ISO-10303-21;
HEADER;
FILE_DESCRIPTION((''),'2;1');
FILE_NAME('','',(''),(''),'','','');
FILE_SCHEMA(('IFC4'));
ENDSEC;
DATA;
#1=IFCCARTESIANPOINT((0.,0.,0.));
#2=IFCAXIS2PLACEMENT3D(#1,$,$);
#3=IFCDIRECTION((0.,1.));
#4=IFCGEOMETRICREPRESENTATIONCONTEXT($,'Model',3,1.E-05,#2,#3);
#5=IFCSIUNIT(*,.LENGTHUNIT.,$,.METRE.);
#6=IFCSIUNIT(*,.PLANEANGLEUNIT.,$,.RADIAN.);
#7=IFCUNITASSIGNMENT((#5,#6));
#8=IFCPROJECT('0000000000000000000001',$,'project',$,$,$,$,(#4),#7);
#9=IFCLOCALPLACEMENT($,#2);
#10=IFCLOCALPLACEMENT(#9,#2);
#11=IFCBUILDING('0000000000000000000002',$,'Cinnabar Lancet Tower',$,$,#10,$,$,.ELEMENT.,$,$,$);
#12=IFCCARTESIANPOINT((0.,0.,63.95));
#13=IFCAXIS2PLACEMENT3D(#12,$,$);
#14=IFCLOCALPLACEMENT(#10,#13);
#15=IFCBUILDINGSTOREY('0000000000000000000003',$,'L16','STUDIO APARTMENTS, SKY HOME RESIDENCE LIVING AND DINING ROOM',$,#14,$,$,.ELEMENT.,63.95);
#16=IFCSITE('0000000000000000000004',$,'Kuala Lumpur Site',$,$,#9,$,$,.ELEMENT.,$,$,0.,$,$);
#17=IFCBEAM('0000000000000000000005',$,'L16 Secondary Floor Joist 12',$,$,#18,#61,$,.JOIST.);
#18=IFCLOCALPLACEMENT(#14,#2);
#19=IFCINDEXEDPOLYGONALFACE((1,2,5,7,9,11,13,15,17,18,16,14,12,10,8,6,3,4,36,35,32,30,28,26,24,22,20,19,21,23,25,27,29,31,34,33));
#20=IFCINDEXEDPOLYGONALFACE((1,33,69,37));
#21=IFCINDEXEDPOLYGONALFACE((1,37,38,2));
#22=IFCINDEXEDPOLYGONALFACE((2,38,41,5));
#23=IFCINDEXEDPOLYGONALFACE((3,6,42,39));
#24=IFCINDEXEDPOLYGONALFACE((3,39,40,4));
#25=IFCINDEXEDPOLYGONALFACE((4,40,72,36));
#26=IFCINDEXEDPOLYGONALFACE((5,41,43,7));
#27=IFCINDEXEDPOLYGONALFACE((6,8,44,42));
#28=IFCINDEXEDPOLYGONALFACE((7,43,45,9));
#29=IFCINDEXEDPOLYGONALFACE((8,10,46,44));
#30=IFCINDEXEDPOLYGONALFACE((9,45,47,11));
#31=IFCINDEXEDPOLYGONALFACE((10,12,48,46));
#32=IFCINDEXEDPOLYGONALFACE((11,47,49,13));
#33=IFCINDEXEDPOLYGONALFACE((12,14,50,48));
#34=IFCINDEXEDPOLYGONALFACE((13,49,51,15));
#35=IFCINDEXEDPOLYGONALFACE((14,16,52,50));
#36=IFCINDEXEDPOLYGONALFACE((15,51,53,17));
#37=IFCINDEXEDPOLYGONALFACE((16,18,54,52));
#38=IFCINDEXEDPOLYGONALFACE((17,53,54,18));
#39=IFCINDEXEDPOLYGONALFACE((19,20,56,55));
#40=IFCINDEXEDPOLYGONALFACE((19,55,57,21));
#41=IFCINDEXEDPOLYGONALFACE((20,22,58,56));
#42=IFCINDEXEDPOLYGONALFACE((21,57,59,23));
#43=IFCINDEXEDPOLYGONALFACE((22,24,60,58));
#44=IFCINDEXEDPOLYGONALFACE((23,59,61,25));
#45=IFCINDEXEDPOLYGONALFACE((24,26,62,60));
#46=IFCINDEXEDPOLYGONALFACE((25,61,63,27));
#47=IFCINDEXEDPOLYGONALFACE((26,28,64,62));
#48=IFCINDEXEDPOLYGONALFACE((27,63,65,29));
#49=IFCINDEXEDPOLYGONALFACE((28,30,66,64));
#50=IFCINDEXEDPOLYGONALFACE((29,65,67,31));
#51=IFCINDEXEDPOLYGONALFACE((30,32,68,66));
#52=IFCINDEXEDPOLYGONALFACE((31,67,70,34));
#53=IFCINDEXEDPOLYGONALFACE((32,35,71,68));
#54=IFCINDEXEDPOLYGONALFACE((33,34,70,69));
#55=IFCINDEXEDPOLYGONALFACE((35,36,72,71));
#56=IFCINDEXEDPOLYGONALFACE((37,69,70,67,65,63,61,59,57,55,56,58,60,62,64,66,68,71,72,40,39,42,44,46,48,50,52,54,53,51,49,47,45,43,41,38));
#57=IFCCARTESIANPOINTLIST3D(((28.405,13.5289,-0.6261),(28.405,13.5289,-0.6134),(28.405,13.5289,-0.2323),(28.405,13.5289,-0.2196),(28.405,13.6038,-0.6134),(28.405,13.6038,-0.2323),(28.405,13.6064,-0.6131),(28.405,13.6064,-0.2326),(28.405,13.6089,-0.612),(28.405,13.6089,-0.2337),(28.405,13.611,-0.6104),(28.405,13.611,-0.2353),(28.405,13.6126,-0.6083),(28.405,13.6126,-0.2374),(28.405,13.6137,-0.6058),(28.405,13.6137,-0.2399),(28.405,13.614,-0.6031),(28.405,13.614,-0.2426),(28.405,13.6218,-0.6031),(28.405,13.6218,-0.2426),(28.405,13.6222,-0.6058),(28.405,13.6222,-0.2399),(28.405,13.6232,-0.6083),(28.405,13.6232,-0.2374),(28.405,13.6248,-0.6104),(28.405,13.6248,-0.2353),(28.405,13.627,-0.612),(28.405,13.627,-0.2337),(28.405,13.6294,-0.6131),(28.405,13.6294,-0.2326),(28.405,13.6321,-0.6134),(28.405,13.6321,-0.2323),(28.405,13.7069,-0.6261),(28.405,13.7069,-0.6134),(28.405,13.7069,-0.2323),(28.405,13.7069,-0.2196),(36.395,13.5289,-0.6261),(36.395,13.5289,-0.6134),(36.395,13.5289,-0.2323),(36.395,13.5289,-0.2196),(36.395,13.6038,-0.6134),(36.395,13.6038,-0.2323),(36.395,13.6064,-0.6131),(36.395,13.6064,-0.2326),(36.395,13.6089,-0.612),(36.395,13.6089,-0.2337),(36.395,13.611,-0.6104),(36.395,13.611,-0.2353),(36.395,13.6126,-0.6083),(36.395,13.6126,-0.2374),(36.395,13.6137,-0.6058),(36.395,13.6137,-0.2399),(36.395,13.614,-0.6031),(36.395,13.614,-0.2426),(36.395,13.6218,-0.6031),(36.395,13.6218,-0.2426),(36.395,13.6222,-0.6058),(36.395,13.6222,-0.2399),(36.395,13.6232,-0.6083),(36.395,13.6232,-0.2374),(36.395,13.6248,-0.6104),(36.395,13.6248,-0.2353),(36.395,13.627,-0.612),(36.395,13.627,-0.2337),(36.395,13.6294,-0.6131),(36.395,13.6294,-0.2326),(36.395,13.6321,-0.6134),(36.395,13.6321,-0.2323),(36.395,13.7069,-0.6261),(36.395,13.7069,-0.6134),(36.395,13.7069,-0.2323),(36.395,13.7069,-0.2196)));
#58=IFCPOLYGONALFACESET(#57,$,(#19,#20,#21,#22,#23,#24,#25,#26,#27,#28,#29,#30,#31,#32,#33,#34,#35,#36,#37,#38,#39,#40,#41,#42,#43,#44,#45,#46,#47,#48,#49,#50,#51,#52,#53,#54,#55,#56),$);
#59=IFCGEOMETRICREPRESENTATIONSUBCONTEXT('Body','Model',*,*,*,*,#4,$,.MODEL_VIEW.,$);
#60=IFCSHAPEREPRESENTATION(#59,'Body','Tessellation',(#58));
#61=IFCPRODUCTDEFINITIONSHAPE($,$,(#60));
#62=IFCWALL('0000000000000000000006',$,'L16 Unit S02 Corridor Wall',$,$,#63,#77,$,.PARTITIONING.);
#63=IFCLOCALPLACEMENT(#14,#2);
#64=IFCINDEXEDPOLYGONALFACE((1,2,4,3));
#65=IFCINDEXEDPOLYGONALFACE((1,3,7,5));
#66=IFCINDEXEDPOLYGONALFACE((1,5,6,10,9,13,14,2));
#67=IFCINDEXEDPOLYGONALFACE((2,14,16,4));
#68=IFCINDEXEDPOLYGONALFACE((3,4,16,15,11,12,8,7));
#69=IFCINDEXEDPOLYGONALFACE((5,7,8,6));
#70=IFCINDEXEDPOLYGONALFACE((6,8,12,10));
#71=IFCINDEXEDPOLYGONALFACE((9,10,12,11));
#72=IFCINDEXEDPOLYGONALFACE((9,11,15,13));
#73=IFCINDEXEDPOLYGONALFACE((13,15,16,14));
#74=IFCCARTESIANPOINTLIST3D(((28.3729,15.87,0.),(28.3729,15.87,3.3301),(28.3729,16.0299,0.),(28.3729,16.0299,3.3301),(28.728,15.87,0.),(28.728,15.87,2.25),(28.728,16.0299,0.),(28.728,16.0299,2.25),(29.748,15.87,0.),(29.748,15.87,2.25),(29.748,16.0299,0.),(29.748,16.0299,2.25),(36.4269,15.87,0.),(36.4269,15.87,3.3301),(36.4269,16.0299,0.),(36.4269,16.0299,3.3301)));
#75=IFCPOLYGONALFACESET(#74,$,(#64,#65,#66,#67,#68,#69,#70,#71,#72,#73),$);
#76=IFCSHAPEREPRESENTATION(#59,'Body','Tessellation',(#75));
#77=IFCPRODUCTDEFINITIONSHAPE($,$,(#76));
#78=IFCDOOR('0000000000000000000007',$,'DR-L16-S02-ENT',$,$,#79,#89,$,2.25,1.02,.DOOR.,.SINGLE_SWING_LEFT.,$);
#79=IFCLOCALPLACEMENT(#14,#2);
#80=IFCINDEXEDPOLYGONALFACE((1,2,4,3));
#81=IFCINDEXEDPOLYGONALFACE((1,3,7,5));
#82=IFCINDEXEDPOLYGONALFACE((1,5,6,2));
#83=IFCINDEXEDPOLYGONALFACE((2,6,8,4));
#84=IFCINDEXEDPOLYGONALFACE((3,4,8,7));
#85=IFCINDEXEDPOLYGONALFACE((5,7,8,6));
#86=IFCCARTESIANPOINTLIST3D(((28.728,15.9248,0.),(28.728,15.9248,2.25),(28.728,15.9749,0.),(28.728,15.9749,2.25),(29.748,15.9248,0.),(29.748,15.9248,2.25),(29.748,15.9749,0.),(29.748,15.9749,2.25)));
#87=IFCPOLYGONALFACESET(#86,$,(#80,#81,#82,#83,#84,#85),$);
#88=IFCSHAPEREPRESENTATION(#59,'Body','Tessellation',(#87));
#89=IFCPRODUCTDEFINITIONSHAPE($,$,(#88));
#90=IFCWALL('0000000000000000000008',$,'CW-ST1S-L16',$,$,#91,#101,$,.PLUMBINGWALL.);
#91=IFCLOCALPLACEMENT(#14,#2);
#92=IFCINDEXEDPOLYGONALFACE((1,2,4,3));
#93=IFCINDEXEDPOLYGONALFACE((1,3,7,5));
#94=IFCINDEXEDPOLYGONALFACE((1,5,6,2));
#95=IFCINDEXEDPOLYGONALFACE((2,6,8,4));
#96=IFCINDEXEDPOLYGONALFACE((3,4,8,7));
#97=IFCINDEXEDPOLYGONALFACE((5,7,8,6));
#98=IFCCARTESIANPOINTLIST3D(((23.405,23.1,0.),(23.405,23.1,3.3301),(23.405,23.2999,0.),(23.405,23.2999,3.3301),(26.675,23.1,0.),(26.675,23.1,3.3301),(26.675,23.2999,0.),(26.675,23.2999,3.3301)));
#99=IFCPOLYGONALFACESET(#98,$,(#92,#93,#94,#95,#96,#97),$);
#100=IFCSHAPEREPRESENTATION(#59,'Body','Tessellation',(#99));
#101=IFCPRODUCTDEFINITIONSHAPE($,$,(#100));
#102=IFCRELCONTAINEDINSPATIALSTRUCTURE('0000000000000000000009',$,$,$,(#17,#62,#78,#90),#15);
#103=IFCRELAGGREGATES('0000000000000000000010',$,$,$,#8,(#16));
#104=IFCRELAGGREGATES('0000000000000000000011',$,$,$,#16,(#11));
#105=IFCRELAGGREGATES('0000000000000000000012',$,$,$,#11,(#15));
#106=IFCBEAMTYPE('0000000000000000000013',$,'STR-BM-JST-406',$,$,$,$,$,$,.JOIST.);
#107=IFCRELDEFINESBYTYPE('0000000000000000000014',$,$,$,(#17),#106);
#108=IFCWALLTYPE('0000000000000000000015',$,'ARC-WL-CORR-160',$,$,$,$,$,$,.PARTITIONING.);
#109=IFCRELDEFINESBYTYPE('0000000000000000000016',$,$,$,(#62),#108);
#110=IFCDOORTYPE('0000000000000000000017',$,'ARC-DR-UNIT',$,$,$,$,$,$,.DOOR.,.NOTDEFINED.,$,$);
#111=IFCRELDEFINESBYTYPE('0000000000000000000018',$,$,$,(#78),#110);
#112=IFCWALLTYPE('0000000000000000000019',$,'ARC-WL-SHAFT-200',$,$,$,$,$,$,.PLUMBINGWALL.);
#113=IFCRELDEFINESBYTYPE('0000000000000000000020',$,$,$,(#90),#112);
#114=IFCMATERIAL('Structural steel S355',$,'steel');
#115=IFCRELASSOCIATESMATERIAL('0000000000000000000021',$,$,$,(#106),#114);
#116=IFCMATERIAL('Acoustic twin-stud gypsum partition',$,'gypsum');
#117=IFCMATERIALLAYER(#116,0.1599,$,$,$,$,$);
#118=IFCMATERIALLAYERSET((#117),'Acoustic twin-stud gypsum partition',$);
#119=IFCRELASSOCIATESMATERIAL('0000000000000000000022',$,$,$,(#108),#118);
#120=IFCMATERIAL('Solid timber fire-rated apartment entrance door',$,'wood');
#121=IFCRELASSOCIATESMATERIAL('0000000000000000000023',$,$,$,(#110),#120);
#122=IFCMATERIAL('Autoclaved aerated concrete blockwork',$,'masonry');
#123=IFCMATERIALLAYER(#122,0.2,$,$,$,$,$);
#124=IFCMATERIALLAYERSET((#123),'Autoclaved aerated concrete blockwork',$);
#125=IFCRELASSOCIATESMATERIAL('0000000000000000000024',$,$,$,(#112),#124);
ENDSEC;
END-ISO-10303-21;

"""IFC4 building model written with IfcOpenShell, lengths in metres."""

from ifc_helpers import new_model, si_unit, direction, frame, frame_2d, origin, origin_2d, place, context, subcontext, project, spatial, rectangle, i_section, extrude, material, layer, layer_set, material_profile, profile_set, type_object, element, fill, save


model = new_model("IFC4")

# Units and contexts
model_context = context("Model", 3, precision=1e-05, world=origin(), true_north=direction((0.0, 1.0)))
body_context = subcontext(model_context, "Body", "Model", "MODEL_VIEW")
ifc_project = project(units=[si_unit("LENGTHUNIT", "METRE"), si_unit("PLANEANGLEUNIT", "RADIAN")], contexts=[model_context])

# Site, building, storey
site_placement = place(None, origin())
site = spatial("IfcSite", under=ifc_project, at=site_placement, Name="Kuala Lumpur Site", CompositionType="ELEMENT", RefElevation=0.0)
building_placement = place(site_placement, origin())
building = spatial("IfcBuilding", under=site, at=building_placement, Name="Cinnabar Lancet Tower", CompositionType="ELEMENT")
storey_placement = place(building_placement, frame((0.0, 0.0, 63.95)))
storey = spatial("IfcBuildingStorey", under=building, at=storey_placement, Name="L16", Description="STUDIO APARTMENTS, SKY HOME RESIDENCE LIVING AND DINING ROOM", CompositionType="ELEMENT", Elevation=63.95)

# Beam
ifc_material_1 = material(Name="Structural steel S355", Category="steel")
ifc_material_profile = material_profile(ifc_material_1, i_section(OverallWidth=0.178, OverallDepth=0.4065, WebThickness=0.0078, FlangeThickness=0.0127, FilletRadius=0.0103, at=origin_2d()), Name="UKB 406x178x60")
ifc_profile_set = profile_set([ifc_material_profile], Name="Structural steel S355")
beam_type = type_object("IfcBeamType", Name="STR-BM-JST-406", PredefinedType="JOIST", material=ifc_profile_set)
beam_placement = place(storey_placement, frame((28.405, 13.6179, -0.4229), z_axis=(1.0, 0.0, 0.0), x_axis=(0.0, 1.0, 0.0)))
element("IfcBeam", 1, at=beam_placement, inside=storey, type_object=beam_type, Name="L16 Secondary Floor Joist 12", PredefinedType="JOIST", context=body_context, shape_type="SweptSolid", body=[
    extrude(i_section(OverallWidth=0.178, OverallDepth=0.4065, WebThickness=0.0078, FlangeThickness=0.0127, FilletRadius=0.0103, at=origin_2d()), origin(), (0.0, 0.0, 1.0), 7.99),
])

# Wall, opening, door
ifc_material_2 = material(Name="Acoustic twin-stud gypsum partition", Category="gypsum")
ifc_layer_1 = layer(ifc_material_2, 0.1599)
ifc_layer_set_1 = layer_set([ifc_layer_1], Name="Acoustic twin-stud gypsum partition")
wall_type_1 = type_object("IfcWallType", Name="ARC-WL-CORR-160", PredefinedType="PARTITIONING", material=ifc_layer_set_1)
wall_1_placement = place(storey_placement, frame((28.373, 15.95, 0.0), z_axis=(0.0, 0.0, 1.0), x_axis=(1.0, 0.0, 0.0)))
wall_1 = element("IfcWall", 2, at=wall_1_placement, inside=storey, type_object=wall_type_1, Name="L16 Unit S02 Corridor Wall", PredefinedType="PARTITIONING", context=body_context, shape_type="SweptSolid", body=[
    extrude(rectangle(XDim=8.054, YDim=0.1599, at=frame_2d((4.0269, 0.0))), origin(), (0.0, 0.0, 1.0), 3.3301),
])
opening_1_placement = place(wall_1_placement, frame((0.355, 0.0, 0.0)))
opening_1 = element("IfcOpeningElement", 3, at=opening_1_placement, cuts=wall_1, PredefinedType="OPENING", context=body_context, shape_type="SweptSolid", body=[
    extrude(rectangle(XDim=1.02, YDim=2.25, at=frame_2d((0.51, 1.125))), frame((0.0, 0.0898, 0.0), z_axis=(0.0, -1.0, 0.0), x_axis=(1.0, 0.0, 0.0)), (0.0, 0.0, 1.0), 0.1799),
])
ifc_material_3 = material(Name="Solid timber fire-rated apartment entrance door", Category="wood")
door_type_1 = type_object("IfcDoorType", Name="ARC-DR-UNIT", OperationType="NOTDEFINED", PredefinedType="DOOR", material=ifc_material_3)
door_1_placement = place(opening_1_placement, origin())
door_1 = element("IfcDoor", 4, at=door_1_placement, inside=storey, type_object=door_type_1, Name="DR-L16-S02-ENT", OperationType="SINGLE_SWING_LEFT", OverallHeight=2.25, OverallWidth=1.02, PredefinedType="DOOR", context=body_context, shape_type="SweptSolid", body=[
    extrude(rectangle(XDim=1.02, YDim=2.25, at=frame_2d((0.51, 1.125))), frame((0.0, 0.0249, 0.0), z_axis=(0.0, -1.0, 0.0), x_axis=(1.0, 0.0, 0.0)), (0.0, 0.0, 1.0), 0.05),
])
fill(opening_1, door_1)

# Wall
ifc_material_4 = material(Name="Autoclaved aerated concrete blockwork", Category="masonry")
ifc_layer_2 = layer(ifc_material_4, 0.2)
ifc_layer_set_2 = layer_set([ifc_layer_2], Name="Autoclaved aerated concrete blockwork")
wall_type_2 = type_object("IfcWallType", Name="ARC-WL-SHAFT-200", PredefinedType="PLUMBINGWALL", material=ifc_layer_set_2)
wall_2_placement = place(storey_placement, frame((23.405, 23.2, 0.0), z_axis=(0.0, 0.0, 1.0), x_axis=(1.0, 0.0, 0.0)))
element("IfcWall", 5, at=wall_2_placement, inside=storey, type_object=wall_type_2, Name="CW-ST1S-L16", PredefinedType="PLUMBINGWALL", context=body_context, shape_type="SweptSolid", body=[
    extrude(rectangle(XDim=3.27, YDim=0.2, at=frame_2d((1.635, 0.0))), origin(), (0.0, 0.0, 1.0), 3.3301),
])

save(model, "model.ifc")
